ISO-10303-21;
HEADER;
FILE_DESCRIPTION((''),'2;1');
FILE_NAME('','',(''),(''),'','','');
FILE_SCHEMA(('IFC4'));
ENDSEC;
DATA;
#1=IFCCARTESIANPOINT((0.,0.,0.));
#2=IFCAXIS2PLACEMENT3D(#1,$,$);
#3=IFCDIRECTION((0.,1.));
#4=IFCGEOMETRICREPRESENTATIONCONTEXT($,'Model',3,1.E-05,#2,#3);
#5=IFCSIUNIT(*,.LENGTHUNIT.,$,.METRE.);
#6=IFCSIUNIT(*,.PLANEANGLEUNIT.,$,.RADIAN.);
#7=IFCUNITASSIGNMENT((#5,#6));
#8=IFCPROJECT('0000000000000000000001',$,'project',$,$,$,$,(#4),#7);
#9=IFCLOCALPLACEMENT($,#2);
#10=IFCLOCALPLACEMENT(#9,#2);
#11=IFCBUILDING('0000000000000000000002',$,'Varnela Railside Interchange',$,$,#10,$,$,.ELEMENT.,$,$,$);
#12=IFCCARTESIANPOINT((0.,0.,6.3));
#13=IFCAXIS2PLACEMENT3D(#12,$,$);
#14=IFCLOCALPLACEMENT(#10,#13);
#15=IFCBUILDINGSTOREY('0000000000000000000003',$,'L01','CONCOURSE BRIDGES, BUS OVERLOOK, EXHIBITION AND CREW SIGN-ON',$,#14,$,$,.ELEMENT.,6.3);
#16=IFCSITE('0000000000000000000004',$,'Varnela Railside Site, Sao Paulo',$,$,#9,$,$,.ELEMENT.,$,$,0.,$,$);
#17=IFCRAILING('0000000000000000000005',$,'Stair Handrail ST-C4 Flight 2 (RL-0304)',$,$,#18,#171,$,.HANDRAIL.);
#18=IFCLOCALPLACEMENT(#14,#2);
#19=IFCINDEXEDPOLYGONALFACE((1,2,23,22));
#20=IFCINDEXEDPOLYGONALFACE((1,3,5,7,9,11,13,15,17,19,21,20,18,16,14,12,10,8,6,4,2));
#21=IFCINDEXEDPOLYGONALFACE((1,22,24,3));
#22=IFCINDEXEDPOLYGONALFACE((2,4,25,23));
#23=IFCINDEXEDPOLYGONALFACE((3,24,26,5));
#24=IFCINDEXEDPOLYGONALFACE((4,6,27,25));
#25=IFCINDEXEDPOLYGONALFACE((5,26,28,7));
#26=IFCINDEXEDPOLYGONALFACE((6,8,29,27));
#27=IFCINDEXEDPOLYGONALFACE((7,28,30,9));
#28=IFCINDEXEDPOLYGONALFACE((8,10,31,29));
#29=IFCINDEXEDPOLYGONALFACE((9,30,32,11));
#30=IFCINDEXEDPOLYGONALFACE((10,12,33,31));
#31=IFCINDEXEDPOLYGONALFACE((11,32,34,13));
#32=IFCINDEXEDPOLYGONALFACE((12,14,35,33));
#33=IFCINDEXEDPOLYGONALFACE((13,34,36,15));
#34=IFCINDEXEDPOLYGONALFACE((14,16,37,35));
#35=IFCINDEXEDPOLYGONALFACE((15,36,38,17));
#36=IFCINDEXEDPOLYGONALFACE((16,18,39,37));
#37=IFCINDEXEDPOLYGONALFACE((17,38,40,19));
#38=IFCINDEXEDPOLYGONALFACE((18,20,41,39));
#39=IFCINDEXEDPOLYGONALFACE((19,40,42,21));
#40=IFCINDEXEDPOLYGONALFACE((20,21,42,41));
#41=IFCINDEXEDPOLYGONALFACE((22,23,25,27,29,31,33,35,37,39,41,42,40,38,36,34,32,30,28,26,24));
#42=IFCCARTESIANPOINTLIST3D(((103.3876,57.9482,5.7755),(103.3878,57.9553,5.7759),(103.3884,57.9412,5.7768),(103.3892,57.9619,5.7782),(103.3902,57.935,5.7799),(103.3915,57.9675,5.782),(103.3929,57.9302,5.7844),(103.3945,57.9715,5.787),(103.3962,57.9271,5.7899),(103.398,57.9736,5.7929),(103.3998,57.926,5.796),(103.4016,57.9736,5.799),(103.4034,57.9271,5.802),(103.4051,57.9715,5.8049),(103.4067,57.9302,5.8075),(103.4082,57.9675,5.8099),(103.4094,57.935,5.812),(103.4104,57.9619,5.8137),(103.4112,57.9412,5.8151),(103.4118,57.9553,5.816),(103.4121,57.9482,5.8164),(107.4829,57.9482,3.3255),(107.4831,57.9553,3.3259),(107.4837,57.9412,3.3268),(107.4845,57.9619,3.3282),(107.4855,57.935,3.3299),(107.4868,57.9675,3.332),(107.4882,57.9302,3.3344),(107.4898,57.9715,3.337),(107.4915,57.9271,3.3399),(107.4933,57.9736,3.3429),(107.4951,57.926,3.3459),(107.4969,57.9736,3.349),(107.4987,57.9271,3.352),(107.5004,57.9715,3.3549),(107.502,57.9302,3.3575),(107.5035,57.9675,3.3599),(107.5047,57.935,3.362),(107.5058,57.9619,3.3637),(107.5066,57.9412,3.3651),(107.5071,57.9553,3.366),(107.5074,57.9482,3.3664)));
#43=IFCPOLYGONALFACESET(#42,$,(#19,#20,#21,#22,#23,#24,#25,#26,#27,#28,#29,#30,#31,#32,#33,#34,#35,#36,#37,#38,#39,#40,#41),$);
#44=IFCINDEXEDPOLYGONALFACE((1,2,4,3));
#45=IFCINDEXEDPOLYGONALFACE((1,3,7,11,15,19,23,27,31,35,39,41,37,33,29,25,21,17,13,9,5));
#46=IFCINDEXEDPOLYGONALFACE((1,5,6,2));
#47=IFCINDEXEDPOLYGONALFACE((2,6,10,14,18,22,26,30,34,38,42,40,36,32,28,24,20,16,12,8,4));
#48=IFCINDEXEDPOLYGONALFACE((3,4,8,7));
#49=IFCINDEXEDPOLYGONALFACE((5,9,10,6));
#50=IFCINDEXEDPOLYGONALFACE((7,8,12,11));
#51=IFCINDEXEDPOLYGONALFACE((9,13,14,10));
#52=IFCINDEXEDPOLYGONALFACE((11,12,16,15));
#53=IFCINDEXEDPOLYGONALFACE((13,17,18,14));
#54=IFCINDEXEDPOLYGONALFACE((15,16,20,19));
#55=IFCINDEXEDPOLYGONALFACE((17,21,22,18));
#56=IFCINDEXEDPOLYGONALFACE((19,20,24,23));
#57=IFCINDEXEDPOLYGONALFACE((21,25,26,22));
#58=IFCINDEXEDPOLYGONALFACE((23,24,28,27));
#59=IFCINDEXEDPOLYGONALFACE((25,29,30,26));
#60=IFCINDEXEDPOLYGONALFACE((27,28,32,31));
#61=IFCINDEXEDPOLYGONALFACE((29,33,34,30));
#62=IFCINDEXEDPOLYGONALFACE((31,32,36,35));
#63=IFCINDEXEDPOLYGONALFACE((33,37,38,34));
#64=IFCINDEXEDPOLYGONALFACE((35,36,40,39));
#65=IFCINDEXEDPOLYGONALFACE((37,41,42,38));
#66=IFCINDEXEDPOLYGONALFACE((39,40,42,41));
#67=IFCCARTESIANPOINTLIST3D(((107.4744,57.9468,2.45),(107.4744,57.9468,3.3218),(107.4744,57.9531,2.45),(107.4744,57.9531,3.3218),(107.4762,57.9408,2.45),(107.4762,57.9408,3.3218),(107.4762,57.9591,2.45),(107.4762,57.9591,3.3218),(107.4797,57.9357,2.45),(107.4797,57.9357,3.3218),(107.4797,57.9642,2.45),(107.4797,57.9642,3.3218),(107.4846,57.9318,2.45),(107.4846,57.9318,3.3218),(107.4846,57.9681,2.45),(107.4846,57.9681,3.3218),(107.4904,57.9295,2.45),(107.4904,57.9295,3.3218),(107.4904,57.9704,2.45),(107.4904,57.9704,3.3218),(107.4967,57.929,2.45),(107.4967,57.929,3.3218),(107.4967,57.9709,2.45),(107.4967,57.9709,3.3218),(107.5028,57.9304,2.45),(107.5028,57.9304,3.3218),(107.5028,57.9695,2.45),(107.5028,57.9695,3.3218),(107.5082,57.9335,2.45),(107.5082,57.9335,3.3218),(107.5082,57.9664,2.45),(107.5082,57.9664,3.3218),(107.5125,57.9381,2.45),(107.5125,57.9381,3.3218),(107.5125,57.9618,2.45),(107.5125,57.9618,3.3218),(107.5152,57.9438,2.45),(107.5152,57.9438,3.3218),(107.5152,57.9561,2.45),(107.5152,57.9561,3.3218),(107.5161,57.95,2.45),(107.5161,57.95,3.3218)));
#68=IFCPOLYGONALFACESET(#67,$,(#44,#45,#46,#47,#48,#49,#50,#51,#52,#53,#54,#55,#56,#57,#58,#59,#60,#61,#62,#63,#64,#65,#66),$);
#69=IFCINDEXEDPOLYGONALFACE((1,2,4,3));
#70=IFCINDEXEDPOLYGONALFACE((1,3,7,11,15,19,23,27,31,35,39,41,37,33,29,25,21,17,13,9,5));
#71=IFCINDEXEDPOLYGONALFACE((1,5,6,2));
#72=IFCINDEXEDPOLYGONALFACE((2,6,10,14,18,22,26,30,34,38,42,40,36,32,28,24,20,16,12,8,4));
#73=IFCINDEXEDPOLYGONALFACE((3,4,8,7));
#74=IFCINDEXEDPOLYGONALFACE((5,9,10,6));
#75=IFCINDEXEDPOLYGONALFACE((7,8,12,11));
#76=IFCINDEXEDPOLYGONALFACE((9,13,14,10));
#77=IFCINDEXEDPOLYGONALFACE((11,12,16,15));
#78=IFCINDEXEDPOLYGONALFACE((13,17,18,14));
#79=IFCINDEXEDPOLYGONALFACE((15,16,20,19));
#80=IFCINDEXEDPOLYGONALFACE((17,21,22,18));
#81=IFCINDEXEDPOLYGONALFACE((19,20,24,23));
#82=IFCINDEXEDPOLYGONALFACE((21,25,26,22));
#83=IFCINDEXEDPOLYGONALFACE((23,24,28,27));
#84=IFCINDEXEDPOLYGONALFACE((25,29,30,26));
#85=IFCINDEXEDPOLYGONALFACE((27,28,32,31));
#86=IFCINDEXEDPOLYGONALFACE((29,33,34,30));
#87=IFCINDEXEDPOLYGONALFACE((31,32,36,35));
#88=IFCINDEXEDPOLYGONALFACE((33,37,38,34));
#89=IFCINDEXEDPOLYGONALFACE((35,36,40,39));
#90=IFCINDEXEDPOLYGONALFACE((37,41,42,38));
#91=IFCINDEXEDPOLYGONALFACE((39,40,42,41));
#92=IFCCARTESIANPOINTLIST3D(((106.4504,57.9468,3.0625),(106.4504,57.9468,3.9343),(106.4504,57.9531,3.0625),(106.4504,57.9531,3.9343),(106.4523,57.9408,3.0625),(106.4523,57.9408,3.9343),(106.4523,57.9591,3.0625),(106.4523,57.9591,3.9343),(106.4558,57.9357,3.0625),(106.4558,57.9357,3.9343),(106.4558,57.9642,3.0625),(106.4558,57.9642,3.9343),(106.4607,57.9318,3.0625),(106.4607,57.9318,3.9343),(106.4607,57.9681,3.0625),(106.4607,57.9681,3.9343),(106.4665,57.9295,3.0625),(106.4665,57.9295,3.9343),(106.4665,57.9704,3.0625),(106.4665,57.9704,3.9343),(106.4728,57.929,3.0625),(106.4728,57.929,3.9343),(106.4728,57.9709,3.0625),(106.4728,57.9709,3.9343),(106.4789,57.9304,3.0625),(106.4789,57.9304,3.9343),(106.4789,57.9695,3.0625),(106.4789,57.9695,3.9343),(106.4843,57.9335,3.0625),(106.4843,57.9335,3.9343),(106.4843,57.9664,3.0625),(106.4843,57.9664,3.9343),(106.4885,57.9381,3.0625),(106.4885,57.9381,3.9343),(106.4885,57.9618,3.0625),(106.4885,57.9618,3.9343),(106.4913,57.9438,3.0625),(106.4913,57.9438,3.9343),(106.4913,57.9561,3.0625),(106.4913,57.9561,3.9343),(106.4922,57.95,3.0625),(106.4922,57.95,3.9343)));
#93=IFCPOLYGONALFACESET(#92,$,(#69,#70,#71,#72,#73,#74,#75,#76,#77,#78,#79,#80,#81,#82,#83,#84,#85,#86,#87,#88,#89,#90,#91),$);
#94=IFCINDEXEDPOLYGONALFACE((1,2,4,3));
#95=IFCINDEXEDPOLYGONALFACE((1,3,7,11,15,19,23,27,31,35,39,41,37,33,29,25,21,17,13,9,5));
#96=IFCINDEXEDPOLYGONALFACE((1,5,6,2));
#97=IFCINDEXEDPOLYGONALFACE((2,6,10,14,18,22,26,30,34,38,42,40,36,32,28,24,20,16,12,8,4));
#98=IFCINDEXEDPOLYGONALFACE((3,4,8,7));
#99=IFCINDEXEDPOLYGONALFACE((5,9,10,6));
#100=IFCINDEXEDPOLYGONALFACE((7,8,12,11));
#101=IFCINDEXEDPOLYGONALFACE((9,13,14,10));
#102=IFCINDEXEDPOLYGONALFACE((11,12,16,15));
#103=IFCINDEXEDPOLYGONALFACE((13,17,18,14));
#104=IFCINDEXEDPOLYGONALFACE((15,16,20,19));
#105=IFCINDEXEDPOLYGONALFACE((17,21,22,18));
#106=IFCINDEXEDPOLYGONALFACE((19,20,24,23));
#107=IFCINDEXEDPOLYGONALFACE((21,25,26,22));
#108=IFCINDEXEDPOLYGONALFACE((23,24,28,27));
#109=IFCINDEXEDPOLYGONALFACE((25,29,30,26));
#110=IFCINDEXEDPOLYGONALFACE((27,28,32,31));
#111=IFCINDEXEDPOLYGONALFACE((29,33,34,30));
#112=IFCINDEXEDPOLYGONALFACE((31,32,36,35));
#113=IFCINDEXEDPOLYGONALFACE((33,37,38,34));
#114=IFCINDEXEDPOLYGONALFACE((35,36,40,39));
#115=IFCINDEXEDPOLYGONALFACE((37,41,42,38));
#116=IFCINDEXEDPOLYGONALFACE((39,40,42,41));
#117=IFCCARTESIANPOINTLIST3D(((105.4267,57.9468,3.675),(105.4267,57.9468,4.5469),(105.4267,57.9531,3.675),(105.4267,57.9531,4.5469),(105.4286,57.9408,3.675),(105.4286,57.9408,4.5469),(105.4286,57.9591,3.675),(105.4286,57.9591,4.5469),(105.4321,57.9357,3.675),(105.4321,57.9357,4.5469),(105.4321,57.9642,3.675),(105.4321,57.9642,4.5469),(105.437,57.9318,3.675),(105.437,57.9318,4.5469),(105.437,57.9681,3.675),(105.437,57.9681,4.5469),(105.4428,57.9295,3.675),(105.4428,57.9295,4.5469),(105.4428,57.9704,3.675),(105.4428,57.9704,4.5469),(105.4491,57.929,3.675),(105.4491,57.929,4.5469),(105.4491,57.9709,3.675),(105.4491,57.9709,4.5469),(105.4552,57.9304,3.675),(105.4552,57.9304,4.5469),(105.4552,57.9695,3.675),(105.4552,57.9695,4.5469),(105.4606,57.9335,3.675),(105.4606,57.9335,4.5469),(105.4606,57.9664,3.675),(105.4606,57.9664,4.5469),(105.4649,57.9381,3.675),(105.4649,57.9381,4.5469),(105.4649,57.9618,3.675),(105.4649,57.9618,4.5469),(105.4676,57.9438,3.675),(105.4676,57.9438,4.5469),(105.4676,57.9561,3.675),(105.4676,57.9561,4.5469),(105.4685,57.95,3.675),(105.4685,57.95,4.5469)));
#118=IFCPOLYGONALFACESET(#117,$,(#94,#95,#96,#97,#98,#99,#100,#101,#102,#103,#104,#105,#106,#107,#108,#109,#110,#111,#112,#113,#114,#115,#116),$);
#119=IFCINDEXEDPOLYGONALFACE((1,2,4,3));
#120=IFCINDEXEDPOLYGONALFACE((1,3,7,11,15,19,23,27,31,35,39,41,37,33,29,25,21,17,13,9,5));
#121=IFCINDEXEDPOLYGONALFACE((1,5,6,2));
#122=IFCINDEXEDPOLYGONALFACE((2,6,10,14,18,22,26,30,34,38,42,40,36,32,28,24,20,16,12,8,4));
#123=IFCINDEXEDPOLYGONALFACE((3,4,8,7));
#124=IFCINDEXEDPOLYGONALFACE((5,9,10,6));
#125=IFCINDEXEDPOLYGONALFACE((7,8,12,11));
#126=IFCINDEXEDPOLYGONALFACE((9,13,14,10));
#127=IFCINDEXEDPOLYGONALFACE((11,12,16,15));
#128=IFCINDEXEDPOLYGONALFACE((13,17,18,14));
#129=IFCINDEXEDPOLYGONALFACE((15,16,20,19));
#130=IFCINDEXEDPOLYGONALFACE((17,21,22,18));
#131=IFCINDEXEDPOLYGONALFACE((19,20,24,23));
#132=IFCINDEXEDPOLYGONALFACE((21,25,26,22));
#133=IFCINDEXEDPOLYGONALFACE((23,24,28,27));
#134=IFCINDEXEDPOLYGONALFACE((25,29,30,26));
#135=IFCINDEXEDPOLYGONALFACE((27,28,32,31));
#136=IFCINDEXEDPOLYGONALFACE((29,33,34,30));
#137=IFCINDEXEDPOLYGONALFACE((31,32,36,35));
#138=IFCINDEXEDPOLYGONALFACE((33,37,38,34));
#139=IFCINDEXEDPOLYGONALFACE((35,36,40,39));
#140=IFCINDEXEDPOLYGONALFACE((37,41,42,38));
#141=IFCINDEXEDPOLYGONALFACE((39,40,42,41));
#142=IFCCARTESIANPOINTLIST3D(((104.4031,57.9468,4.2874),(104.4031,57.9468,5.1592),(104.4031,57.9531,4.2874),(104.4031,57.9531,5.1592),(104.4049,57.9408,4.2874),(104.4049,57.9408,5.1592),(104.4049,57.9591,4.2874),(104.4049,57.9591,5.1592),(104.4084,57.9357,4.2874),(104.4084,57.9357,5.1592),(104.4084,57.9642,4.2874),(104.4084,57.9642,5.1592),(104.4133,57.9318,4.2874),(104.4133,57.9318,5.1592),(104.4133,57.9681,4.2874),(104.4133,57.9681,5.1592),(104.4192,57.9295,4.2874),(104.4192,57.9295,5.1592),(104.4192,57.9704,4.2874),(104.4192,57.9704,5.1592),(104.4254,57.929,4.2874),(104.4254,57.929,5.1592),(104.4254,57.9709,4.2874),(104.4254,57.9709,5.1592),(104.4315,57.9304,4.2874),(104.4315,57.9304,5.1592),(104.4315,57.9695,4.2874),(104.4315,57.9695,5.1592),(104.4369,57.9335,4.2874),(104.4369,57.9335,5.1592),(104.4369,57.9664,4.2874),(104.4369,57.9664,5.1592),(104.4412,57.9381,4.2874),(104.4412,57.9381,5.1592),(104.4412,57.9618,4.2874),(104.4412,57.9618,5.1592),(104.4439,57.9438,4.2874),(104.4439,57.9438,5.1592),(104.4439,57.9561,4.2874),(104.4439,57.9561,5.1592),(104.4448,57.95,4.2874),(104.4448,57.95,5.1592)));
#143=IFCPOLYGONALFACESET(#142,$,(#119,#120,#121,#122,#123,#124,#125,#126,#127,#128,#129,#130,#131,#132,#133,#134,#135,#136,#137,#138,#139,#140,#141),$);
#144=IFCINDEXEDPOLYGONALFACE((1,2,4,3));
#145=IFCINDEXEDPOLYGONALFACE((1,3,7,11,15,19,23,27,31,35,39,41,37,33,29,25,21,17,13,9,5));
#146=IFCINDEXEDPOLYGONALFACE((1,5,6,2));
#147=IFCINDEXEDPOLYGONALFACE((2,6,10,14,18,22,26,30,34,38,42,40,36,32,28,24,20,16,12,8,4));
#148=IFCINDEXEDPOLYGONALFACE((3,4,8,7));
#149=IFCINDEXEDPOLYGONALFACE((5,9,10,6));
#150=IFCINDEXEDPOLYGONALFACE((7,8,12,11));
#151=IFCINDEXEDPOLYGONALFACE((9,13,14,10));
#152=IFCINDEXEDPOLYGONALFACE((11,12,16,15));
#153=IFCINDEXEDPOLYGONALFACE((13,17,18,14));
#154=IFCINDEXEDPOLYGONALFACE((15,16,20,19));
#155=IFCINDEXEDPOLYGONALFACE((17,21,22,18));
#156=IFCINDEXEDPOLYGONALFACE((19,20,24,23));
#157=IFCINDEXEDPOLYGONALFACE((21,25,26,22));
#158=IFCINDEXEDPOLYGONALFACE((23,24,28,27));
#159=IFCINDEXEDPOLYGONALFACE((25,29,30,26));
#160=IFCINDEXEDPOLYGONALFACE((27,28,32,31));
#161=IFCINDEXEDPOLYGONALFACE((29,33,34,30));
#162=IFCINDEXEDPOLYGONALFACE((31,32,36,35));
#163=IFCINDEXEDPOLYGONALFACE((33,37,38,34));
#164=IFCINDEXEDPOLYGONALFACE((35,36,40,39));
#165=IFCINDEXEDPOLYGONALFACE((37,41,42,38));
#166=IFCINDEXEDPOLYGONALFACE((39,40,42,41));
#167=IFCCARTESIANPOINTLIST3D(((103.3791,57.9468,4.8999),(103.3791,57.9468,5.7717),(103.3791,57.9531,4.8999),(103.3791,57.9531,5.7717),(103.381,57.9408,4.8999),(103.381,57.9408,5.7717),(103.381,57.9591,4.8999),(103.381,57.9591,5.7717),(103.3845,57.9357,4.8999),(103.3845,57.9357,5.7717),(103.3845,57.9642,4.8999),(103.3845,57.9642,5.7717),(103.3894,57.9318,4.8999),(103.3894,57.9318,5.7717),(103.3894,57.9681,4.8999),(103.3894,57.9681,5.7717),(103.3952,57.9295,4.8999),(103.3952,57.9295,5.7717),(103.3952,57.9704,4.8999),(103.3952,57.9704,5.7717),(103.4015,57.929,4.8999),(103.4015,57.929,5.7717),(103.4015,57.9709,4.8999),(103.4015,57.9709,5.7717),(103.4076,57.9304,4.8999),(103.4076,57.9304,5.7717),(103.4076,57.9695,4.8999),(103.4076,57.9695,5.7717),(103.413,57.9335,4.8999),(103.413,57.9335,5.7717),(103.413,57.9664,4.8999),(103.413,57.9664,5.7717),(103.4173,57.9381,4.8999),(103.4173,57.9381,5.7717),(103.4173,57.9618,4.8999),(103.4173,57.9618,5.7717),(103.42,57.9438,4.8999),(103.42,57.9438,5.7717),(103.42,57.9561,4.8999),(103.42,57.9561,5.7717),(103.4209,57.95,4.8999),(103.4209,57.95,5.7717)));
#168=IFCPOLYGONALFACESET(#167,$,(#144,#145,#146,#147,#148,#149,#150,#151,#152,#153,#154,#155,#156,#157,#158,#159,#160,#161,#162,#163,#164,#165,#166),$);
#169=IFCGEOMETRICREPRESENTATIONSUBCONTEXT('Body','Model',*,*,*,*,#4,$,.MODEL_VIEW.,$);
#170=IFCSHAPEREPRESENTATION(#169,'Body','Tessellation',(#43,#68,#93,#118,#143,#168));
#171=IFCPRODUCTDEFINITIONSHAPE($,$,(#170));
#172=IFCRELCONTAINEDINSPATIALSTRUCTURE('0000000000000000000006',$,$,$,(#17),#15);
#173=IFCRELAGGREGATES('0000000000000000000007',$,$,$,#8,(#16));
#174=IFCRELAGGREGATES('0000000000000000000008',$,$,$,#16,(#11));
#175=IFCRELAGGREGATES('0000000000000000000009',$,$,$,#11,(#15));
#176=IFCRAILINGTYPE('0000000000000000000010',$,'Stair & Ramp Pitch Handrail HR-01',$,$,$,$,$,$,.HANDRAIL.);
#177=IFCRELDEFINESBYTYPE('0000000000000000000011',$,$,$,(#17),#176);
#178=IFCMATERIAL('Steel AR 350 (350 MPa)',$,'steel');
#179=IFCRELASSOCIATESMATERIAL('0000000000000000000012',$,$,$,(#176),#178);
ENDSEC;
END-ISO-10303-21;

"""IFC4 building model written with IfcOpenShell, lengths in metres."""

from ifc_helpers import new_model, si_unit, direction, frame, origin, origin_2d, place, context, subcontext, project, spatial, circle, extrude, material, type_object, element, save


model = new_model("IFC4")

# Units and contexts
model_context = context("Model", 3, precision=1e-05, world=origin(), true_north=direction((0.0, 1.0)))
body_context = subcontext(model_context, "Body", "Model", "MODEL_VIEW")
ifc_project = project(units=[si_unit("LENGTHUNIT", "METRE"), si_unit("PLANEANGLEUNIT", "RADIAN")], contexts=[model_context])

# Site, building, storey
site_placement = place(None, origin())
site = spatial("IfcSite", under=ifc_project, at=site_placement, Name="Varnela Railside Site, Sao Paulo", CompositionType="ELEMENT", RefElevation=0.0)
building_placement = place(site_placement, origin())
building = spatial("IfcBuilding", under=site, at=building_placement, Name="Varnela Railside Interchange", CompositionType="ELEMENT")
storey_placement = place(building_placement, frame((0.0, 0.0, 6.3)))
storey = spatial("IfcBuildingStorey", under=building, at=storey_placement, Name="L01", Description="CONCOURSE BRIDGES, BUS OVERLOOK, EXHIBITION AND CREW SIGN-ON", CompositionType="ELEMENT", Elevation=6.3)

# Shared definitions
ifc_material_1 = material(Name="Steel AR 350 (350 MPa)", Category="steel")

# Railing
railing_type_1 = type_object("IfcRailingType", Name="Stair & Ramp Pitch Handrail HR-01", PredefinedType="HANDRAIL", material=ifc_material_1)
railing_1_placement = place(storey_placement, frame((107.4951, 57.95, 2.45)))
element("IfcRailing", 1, at=railing_1_placement, inside=storey, type_object=railing_type_1, Name="Stair Handrail ST-C4 Flight 2 (RL-0304)", PredefinedType="HANDRAIL", context=body_context, shape_type="SweptSolid", body=[
    extrude(circle(Radius=0.0239, at=origin_2d()), frame((0.0, 0.0, 0.896), z_axis=(-0.858156, 0.0, 0.513389), x_axis=(0.0, -1.0, 0.0)), (0.0, 0.0, 1.0), 4.7722),
    extrude(circle(Radius=0.021, at=origin_2d()), origin(), (0.0, 0.0, 1.0), 0.8718),
    extrude(circle(Radius=0.021, at=origin_2d()), frame((-1.0239, 0.0, 0.6125)), (0.0, 0.0, 1.0), 0.8718),
    extrude(circle(Radius=0.021, at=origin_2d()), frame((-2.0476, 0.0, 1.2251)), (0.0, 0.0, 1.0), 0.8718),
    extrude(circle(Radius=0.021, at=origin_2d()), frame((-3.0713, 0.0, 1.8374)), (0.0, 0.0, 1.0), 0.8718),
    extrude(circle(Radius=0.021, at=origin_2d()), frame((-4.0952, 0.0, 2.45)), (0.0, 0.0, 1.0), 0.8718),
])

save(model, "model.ifc")
